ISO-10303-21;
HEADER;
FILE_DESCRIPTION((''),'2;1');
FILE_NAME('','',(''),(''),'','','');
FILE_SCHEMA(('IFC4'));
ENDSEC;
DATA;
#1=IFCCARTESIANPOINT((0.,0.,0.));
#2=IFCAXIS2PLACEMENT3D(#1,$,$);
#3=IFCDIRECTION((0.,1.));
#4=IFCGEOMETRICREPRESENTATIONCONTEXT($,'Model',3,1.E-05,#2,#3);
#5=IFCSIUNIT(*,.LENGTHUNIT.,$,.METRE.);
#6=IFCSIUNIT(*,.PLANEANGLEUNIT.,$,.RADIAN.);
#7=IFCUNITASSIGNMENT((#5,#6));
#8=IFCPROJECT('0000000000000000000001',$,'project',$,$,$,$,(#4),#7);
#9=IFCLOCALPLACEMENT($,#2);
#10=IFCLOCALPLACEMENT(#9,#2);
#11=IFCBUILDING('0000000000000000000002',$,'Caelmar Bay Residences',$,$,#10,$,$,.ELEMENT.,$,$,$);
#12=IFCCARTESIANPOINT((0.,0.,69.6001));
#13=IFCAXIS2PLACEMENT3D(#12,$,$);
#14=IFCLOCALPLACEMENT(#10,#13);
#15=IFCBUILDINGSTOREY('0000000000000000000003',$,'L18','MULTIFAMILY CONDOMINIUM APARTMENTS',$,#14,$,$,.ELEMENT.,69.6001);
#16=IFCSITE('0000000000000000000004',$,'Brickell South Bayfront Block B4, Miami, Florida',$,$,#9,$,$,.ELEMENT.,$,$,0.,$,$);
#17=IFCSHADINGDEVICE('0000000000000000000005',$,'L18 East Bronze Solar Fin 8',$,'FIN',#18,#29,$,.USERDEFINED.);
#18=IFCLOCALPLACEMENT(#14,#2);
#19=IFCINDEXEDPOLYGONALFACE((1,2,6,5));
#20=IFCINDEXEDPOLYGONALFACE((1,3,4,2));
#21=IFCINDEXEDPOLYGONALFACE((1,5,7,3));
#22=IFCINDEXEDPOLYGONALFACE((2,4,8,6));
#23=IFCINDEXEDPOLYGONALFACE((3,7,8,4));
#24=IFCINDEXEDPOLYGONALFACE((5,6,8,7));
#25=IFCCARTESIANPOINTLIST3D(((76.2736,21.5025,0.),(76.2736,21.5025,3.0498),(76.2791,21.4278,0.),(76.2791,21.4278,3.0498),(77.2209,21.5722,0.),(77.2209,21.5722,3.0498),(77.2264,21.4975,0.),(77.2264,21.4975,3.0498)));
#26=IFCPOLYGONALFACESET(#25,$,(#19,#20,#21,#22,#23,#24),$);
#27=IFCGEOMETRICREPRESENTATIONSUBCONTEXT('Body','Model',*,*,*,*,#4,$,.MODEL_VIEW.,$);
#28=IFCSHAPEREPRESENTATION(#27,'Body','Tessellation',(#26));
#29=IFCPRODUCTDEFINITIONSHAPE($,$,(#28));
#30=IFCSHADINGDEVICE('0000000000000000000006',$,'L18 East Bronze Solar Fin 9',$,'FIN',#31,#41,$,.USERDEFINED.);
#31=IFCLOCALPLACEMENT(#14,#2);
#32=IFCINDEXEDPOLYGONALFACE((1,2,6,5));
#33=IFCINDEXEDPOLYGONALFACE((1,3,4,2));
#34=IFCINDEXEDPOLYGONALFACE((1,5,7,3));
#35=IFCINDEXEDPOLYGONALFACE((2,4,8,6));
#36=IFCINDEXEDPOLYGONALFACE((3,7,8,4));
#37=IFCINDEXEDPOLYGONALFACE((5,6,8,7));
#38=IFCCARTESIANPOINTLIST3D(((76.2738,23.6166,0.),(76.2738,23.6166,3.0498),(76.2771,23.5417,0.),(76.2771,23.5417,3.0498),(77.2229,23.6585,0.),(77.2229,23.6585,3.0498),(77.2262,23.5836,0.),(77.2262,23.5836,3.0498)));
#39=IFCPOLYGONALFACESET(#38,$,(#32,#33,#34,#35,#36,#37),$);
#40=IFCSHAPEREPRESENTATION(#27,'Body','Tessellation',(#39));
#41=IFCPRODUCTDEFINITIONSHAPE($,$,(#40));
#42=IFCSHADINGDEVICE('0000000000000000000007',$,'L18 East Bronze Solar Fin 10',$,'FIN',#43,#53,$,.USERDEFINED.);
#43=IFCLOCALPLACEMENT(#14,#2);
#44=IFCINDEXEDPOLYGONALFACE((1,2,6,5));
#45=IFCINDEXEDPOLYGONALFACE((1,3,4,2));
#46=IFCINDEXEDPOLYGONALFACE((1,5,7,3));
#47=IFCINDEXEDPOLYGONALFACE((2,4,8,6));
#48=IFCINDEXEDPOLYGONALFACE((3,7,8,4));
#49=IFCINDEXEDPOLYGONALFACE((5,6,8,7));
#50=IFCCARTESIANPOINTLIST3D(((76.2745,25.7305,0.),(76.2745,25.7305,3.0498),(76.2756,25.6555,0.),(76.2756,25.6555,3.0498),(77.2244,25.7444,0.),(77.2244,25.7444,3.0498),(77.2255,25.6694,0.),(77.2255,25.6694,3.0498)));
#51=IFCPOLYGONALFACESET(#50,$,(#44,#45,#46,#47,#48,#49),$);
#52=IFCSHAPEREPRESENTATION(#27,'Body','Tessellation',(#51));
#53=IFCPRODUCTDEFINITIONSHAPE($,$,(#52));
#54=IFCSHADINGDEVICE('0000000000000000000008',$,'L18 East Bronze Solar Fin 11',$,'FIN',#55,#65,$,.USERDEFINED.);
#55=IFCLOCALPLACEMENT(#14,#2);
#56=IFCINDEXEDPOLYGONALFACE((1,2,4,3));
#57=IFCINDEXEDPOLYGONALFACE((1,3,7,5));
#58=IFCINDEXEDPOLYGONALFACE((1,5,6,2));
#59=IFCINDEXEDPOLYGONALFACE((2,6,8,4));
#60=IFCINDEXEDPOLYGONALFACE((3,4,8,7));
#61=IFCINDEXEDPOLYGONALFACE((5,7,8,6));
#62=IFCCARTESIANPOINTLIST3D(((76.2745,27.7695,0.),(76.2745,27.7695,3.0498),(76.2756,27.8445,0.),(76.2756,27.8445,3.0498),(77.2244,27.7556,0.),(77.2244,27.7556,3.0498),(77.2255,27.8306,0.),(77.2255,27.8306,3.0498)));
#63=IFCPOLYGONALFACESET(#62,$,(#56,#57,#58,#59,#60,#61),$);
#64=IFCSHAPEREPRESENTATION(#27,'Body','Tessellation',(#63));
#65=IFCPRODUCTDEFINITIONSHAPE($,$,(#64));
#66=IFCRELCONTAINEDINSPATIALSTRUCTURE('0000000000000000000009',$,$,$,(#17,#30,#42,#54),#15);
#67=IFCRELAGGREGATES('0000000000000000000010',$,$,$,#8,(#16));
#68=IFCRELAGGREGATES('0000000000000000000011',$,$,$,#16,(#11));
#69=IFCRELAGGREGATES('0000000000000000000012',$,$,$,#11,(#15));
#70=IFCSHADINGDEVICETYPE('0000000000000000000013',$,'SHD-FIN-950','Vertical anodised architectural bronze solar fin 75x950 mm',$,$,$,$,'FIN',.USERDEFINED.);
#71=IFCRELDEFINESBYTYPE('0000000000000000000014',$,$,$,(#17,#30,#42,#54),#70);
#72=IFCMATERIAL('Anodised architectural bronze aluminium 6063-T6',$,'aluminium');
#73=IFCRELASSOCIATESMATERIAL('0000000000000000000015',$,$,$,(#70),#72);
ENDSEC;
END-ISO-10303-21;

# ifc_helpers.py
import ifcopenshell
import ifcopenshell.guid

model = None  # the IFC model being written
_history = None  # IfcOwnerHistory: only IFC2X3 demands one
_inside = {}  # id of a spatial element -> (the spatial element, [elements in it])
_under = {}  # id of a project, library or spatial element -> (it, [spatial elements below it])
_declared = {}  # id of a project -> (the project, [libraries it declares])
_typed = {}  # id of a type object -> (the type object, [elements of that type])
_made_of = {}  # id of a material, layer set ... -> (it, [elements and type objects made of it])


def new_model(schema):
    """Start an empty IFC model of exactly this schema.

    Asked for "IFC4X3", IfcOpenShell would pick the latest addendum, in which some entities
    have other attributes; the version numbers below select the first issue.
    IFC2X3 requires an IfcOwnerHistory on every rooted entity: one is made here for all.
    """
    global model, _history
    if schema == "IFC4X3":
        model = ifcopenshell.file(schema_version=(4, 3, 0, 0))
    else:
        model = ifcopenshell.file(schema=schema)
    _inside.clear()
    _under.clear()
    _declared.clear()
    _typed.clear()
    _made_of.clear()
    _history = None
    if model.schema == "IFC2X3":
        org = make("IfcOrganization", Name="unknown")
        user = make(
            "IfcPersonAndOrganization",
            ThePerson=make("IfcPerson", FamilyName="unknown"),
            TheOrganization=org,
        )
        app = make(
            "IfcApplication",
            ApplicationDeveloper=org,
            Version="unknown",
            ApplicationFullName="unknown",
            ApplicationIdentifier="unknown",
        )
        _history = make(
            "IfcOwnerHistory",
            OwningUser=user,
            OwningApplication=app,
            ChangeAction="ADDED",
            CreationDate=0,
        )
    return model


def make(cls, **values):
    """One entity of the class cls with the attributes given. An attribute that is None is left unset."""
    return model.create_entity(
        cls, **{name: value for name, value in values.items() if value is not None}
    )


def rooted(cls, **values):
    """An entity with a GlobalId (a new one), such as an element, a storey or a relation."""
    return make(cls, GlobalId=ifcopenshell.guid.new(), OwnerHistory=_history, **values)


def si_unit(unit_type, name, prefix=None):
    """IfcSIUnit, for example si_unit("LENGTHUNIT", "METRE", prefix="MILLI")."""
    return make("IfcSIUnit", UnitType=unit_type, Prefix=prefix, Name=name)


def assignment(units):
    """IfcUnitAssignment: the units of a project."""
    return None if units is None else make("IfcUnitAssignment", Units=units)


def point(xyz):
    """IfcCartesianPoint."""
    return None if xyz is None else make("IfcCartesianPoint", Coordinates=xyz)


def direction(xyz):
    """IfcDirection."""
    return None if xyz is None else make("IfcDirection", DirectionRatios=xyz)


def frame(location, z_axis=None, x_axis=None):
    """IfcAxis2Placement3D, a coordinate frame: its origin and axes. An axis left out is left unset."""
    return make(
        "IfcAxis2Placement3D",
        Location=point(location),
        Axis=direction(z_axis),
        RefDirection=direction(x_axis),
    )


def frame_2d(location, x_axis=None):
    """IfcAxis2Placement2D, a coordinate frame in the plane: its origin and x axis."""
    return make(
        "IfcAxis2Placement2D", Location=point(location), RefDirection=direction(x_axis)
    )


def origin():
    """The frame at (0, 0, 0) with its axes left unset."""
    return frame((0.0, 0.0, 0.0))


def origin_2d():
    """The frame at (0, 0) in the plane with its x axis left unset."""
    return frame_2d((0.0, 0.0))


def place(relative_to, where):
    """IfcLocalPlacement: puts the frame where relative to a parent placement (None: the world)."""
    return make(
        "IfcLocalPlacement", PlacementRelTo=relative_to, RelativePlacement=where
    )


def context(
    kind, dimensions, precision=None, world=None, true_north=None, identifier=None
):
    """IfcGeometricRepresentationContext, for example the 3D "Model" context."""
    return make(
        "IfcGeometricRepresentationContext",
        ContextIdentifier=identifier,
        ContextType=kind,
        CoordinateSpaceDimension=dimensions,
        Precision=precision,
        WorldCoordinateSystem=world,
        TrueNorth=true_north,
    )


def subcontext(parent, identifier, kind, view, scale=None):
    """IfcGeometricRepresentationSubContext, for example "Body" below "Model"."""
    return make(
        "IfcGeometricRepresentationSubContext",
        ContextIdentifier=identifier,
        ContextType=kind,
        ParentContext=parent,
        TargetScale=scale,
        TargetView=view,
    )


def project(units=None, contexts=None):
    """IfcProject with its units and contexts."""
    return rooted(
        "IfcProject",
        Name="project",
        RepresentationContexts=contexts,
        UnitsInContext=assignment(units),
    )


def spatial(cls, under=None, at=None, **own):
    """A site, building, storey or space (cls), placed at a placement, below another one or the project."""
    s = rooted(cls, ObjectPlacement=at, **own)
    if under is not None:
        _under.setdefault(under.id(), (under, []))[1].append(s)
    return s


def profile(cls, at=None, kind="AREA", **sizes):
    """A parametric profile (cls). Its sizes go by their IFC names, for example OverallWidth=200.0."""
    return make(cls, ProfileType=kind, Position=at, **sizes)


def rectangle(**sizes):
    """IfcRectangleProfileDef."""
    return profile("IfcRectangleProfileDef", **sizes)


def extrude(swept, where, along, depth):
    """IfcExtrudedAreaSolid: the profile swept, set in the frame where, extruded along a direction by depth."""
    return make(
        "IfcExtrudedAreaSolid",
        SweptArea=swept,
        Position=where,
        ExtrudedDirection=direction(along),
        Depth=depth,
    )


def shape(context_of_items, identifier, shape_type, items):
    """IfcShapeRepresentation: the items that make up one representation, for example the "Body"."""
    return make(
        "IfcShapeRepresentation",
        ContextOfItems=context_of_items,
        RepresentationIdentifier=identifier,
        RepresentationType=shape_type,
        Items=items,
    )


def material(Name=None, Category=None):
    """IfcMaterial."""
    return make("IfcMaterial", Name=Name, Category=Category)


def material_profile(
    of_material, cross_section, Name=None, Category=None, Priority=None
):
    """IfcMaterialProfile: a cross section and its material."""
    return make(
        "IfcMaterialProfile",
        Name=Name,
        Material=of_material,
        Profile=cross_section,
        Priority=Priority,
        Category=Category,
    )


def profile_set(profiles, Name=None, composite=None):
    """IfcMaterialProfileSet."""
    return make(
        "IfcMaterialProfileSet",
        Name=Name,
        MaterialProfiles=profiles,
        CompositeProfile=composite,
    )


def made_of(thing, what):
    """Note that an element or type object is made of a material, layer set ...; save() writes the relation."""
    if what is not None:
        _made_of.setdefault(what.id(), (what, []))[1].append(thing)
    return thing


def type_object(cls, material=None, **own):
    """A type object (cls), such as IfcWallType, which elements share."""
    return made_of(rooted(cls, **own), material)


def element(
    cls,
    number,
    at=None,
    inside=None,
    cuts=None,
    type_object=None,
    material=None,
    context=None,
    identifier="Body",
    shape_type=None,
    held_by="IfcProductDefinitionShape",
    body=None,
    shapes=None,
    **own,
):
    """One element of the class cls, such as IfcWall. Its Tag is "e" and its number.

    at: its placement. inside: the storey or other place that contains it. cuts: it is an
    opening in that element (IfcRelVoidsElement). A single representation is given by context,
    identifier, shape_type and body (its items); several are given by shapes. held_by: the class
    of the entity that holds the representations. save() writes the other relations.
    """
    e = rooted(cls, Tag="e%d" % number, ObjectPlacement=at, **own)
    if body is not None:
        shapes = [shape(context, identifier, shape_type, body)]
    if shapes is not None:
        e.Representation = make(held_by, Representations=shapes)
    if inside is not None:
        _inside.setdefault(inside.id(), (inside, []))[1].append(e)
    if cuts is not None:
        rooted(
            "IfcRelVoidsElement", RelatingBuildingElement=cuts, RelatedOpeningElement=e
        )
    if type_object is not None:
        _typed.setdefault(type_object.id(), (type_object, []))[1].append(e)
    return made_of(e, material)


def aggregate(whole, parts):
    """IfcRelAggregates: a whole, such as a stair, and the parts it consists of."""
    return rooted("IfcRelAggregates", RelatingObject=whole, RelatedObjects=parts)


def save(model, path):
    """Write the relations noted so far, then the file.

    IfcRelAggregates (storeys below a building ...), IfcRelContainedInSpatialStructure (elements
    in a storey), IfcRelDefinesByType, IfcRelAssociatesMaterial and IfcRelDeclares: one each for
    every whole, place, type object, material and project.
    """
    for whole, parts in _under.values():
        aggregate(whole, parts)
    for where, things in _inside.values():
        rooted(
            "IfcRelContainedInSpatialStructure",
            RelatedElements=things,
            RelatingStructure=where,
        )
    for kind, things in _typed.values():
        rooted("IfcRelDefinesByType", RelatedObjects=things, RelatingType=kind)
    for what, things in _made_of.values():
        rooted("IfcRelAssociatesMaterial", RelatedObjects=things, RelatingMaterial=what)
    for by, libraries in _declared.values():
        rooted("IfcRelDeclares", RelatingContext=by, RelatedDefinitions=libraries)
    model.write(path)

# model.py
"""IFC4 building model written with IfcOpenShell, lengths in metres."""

from ifc_helpers import new_model, si_unit, direction, frame, origin, origin_2d, place, context, subcontext, project, spatial, rectangle, extrude, material, material_profile, profile_set, type_object, element, save


model = new_model("IFC4")

# Units and contexts
model_context = context("Model", 3, precision=1e-05, world=origin(), true_north=direction((0.0, 1.0)))
body_context = subcontext(model_context, "Body", "Model", "MODEL_VIEW")
ifc_project = project(units=[si_unit("LENGTHUNIT", "METRE"), si_unit("PLANEANGLEUNIT", "RADIAN")], contexts=[model_context])

# Site, building, storey
site_placement = place(None, origin())
site = spatial("IfcSite", under=ifc_project, at=site_placement, Name="Brickell South Bayfront Block B4, Miami, Florida", CompositionType="ELEMENT", RefElevation=0.0)
building_placement = place(site_placement, origin())
building = spatial("IfcBuilding", under=site, at=building_placement, Name="Caelmar Bay Residences", CompositionType="ELEMENT")
storey_placement = place(building_placement, frame((0.0, 0.0, 69.6001)))
storey = spatial("IfcBuildingStorey", under=building, at=storey_placement, Name="L18", Description="MULTIFAMILY CONDOMINIUM APARTMENTS", CompositionType="ELEMENT", Elevation=69.6001)

# Shading devices
ifc_material_1 = material(Name="Anodised architectural bronze aluminium 6063-T6", Category="aluminium")
ifc_material_profile_1 = material_profile(ifc_material_1, rectangle(XDim=0.075, YDim=0.95, at=origin_2d()), Name="BRONZE-FIN-75X950")
ifc_profile_set_1 = profile_set([ifc_material_profile_1], Name="Anodised architectural bronze aluminium 6063-T6")
shading_device_type = type_object("IfcShadingDeviceType", Name="SHD-FIN-950", Description="Vertical anodised architectural bronze solar fin 75x950 mm", ElementType="FIN", PredefinedType="USERDEFINED", material=ifc_profile_set_1)
for number, where, z_axis, x_axis, name in (
    (1, (76.75, 21.5, 0.0), (0.0, 0.0, 1.0), (-0.073412, 0.997302, 0.0), "L18 East Bronze Solar Fin 8"),
    (2, (76.75, 23.6001, 0.0), (0.0, 0.0, 1.0), (-0.044142, 0.999025, 0.0), "L18 East Bronze Solar Fin 9"),
    (3, (76.75, 25.7, 0.0), (0.0, 0.0, 1.0), (-0.01466, 0.999893, 0.0), "L18 East Bronze Solar Fin 10"),
    (4, (76.75, 27.8, 0.0), (0.0, 0.0, 1.0), (0.01466, 0.999893, 0.0), "L18 East Bronze Solar Fin 11"),
):
    element("IfcShadingDevice", number, at=place(storey_placement, frame(where, z_axis=z_axis, x_axis=x_axis)), inside=storey, type_object=shading_device_type, Name=name, ObjectType="FIN", PredefinedType="USERDEFINED", context=body_context, shape_type="SweptSolid", body=[
        extrude(rectangle(XDim=0.075, YDim=0.95, at=origin_2d()), origin(), (0.0, 0.0, 1.0), 3.0498),
    ])

save(model, "model.ifc")
